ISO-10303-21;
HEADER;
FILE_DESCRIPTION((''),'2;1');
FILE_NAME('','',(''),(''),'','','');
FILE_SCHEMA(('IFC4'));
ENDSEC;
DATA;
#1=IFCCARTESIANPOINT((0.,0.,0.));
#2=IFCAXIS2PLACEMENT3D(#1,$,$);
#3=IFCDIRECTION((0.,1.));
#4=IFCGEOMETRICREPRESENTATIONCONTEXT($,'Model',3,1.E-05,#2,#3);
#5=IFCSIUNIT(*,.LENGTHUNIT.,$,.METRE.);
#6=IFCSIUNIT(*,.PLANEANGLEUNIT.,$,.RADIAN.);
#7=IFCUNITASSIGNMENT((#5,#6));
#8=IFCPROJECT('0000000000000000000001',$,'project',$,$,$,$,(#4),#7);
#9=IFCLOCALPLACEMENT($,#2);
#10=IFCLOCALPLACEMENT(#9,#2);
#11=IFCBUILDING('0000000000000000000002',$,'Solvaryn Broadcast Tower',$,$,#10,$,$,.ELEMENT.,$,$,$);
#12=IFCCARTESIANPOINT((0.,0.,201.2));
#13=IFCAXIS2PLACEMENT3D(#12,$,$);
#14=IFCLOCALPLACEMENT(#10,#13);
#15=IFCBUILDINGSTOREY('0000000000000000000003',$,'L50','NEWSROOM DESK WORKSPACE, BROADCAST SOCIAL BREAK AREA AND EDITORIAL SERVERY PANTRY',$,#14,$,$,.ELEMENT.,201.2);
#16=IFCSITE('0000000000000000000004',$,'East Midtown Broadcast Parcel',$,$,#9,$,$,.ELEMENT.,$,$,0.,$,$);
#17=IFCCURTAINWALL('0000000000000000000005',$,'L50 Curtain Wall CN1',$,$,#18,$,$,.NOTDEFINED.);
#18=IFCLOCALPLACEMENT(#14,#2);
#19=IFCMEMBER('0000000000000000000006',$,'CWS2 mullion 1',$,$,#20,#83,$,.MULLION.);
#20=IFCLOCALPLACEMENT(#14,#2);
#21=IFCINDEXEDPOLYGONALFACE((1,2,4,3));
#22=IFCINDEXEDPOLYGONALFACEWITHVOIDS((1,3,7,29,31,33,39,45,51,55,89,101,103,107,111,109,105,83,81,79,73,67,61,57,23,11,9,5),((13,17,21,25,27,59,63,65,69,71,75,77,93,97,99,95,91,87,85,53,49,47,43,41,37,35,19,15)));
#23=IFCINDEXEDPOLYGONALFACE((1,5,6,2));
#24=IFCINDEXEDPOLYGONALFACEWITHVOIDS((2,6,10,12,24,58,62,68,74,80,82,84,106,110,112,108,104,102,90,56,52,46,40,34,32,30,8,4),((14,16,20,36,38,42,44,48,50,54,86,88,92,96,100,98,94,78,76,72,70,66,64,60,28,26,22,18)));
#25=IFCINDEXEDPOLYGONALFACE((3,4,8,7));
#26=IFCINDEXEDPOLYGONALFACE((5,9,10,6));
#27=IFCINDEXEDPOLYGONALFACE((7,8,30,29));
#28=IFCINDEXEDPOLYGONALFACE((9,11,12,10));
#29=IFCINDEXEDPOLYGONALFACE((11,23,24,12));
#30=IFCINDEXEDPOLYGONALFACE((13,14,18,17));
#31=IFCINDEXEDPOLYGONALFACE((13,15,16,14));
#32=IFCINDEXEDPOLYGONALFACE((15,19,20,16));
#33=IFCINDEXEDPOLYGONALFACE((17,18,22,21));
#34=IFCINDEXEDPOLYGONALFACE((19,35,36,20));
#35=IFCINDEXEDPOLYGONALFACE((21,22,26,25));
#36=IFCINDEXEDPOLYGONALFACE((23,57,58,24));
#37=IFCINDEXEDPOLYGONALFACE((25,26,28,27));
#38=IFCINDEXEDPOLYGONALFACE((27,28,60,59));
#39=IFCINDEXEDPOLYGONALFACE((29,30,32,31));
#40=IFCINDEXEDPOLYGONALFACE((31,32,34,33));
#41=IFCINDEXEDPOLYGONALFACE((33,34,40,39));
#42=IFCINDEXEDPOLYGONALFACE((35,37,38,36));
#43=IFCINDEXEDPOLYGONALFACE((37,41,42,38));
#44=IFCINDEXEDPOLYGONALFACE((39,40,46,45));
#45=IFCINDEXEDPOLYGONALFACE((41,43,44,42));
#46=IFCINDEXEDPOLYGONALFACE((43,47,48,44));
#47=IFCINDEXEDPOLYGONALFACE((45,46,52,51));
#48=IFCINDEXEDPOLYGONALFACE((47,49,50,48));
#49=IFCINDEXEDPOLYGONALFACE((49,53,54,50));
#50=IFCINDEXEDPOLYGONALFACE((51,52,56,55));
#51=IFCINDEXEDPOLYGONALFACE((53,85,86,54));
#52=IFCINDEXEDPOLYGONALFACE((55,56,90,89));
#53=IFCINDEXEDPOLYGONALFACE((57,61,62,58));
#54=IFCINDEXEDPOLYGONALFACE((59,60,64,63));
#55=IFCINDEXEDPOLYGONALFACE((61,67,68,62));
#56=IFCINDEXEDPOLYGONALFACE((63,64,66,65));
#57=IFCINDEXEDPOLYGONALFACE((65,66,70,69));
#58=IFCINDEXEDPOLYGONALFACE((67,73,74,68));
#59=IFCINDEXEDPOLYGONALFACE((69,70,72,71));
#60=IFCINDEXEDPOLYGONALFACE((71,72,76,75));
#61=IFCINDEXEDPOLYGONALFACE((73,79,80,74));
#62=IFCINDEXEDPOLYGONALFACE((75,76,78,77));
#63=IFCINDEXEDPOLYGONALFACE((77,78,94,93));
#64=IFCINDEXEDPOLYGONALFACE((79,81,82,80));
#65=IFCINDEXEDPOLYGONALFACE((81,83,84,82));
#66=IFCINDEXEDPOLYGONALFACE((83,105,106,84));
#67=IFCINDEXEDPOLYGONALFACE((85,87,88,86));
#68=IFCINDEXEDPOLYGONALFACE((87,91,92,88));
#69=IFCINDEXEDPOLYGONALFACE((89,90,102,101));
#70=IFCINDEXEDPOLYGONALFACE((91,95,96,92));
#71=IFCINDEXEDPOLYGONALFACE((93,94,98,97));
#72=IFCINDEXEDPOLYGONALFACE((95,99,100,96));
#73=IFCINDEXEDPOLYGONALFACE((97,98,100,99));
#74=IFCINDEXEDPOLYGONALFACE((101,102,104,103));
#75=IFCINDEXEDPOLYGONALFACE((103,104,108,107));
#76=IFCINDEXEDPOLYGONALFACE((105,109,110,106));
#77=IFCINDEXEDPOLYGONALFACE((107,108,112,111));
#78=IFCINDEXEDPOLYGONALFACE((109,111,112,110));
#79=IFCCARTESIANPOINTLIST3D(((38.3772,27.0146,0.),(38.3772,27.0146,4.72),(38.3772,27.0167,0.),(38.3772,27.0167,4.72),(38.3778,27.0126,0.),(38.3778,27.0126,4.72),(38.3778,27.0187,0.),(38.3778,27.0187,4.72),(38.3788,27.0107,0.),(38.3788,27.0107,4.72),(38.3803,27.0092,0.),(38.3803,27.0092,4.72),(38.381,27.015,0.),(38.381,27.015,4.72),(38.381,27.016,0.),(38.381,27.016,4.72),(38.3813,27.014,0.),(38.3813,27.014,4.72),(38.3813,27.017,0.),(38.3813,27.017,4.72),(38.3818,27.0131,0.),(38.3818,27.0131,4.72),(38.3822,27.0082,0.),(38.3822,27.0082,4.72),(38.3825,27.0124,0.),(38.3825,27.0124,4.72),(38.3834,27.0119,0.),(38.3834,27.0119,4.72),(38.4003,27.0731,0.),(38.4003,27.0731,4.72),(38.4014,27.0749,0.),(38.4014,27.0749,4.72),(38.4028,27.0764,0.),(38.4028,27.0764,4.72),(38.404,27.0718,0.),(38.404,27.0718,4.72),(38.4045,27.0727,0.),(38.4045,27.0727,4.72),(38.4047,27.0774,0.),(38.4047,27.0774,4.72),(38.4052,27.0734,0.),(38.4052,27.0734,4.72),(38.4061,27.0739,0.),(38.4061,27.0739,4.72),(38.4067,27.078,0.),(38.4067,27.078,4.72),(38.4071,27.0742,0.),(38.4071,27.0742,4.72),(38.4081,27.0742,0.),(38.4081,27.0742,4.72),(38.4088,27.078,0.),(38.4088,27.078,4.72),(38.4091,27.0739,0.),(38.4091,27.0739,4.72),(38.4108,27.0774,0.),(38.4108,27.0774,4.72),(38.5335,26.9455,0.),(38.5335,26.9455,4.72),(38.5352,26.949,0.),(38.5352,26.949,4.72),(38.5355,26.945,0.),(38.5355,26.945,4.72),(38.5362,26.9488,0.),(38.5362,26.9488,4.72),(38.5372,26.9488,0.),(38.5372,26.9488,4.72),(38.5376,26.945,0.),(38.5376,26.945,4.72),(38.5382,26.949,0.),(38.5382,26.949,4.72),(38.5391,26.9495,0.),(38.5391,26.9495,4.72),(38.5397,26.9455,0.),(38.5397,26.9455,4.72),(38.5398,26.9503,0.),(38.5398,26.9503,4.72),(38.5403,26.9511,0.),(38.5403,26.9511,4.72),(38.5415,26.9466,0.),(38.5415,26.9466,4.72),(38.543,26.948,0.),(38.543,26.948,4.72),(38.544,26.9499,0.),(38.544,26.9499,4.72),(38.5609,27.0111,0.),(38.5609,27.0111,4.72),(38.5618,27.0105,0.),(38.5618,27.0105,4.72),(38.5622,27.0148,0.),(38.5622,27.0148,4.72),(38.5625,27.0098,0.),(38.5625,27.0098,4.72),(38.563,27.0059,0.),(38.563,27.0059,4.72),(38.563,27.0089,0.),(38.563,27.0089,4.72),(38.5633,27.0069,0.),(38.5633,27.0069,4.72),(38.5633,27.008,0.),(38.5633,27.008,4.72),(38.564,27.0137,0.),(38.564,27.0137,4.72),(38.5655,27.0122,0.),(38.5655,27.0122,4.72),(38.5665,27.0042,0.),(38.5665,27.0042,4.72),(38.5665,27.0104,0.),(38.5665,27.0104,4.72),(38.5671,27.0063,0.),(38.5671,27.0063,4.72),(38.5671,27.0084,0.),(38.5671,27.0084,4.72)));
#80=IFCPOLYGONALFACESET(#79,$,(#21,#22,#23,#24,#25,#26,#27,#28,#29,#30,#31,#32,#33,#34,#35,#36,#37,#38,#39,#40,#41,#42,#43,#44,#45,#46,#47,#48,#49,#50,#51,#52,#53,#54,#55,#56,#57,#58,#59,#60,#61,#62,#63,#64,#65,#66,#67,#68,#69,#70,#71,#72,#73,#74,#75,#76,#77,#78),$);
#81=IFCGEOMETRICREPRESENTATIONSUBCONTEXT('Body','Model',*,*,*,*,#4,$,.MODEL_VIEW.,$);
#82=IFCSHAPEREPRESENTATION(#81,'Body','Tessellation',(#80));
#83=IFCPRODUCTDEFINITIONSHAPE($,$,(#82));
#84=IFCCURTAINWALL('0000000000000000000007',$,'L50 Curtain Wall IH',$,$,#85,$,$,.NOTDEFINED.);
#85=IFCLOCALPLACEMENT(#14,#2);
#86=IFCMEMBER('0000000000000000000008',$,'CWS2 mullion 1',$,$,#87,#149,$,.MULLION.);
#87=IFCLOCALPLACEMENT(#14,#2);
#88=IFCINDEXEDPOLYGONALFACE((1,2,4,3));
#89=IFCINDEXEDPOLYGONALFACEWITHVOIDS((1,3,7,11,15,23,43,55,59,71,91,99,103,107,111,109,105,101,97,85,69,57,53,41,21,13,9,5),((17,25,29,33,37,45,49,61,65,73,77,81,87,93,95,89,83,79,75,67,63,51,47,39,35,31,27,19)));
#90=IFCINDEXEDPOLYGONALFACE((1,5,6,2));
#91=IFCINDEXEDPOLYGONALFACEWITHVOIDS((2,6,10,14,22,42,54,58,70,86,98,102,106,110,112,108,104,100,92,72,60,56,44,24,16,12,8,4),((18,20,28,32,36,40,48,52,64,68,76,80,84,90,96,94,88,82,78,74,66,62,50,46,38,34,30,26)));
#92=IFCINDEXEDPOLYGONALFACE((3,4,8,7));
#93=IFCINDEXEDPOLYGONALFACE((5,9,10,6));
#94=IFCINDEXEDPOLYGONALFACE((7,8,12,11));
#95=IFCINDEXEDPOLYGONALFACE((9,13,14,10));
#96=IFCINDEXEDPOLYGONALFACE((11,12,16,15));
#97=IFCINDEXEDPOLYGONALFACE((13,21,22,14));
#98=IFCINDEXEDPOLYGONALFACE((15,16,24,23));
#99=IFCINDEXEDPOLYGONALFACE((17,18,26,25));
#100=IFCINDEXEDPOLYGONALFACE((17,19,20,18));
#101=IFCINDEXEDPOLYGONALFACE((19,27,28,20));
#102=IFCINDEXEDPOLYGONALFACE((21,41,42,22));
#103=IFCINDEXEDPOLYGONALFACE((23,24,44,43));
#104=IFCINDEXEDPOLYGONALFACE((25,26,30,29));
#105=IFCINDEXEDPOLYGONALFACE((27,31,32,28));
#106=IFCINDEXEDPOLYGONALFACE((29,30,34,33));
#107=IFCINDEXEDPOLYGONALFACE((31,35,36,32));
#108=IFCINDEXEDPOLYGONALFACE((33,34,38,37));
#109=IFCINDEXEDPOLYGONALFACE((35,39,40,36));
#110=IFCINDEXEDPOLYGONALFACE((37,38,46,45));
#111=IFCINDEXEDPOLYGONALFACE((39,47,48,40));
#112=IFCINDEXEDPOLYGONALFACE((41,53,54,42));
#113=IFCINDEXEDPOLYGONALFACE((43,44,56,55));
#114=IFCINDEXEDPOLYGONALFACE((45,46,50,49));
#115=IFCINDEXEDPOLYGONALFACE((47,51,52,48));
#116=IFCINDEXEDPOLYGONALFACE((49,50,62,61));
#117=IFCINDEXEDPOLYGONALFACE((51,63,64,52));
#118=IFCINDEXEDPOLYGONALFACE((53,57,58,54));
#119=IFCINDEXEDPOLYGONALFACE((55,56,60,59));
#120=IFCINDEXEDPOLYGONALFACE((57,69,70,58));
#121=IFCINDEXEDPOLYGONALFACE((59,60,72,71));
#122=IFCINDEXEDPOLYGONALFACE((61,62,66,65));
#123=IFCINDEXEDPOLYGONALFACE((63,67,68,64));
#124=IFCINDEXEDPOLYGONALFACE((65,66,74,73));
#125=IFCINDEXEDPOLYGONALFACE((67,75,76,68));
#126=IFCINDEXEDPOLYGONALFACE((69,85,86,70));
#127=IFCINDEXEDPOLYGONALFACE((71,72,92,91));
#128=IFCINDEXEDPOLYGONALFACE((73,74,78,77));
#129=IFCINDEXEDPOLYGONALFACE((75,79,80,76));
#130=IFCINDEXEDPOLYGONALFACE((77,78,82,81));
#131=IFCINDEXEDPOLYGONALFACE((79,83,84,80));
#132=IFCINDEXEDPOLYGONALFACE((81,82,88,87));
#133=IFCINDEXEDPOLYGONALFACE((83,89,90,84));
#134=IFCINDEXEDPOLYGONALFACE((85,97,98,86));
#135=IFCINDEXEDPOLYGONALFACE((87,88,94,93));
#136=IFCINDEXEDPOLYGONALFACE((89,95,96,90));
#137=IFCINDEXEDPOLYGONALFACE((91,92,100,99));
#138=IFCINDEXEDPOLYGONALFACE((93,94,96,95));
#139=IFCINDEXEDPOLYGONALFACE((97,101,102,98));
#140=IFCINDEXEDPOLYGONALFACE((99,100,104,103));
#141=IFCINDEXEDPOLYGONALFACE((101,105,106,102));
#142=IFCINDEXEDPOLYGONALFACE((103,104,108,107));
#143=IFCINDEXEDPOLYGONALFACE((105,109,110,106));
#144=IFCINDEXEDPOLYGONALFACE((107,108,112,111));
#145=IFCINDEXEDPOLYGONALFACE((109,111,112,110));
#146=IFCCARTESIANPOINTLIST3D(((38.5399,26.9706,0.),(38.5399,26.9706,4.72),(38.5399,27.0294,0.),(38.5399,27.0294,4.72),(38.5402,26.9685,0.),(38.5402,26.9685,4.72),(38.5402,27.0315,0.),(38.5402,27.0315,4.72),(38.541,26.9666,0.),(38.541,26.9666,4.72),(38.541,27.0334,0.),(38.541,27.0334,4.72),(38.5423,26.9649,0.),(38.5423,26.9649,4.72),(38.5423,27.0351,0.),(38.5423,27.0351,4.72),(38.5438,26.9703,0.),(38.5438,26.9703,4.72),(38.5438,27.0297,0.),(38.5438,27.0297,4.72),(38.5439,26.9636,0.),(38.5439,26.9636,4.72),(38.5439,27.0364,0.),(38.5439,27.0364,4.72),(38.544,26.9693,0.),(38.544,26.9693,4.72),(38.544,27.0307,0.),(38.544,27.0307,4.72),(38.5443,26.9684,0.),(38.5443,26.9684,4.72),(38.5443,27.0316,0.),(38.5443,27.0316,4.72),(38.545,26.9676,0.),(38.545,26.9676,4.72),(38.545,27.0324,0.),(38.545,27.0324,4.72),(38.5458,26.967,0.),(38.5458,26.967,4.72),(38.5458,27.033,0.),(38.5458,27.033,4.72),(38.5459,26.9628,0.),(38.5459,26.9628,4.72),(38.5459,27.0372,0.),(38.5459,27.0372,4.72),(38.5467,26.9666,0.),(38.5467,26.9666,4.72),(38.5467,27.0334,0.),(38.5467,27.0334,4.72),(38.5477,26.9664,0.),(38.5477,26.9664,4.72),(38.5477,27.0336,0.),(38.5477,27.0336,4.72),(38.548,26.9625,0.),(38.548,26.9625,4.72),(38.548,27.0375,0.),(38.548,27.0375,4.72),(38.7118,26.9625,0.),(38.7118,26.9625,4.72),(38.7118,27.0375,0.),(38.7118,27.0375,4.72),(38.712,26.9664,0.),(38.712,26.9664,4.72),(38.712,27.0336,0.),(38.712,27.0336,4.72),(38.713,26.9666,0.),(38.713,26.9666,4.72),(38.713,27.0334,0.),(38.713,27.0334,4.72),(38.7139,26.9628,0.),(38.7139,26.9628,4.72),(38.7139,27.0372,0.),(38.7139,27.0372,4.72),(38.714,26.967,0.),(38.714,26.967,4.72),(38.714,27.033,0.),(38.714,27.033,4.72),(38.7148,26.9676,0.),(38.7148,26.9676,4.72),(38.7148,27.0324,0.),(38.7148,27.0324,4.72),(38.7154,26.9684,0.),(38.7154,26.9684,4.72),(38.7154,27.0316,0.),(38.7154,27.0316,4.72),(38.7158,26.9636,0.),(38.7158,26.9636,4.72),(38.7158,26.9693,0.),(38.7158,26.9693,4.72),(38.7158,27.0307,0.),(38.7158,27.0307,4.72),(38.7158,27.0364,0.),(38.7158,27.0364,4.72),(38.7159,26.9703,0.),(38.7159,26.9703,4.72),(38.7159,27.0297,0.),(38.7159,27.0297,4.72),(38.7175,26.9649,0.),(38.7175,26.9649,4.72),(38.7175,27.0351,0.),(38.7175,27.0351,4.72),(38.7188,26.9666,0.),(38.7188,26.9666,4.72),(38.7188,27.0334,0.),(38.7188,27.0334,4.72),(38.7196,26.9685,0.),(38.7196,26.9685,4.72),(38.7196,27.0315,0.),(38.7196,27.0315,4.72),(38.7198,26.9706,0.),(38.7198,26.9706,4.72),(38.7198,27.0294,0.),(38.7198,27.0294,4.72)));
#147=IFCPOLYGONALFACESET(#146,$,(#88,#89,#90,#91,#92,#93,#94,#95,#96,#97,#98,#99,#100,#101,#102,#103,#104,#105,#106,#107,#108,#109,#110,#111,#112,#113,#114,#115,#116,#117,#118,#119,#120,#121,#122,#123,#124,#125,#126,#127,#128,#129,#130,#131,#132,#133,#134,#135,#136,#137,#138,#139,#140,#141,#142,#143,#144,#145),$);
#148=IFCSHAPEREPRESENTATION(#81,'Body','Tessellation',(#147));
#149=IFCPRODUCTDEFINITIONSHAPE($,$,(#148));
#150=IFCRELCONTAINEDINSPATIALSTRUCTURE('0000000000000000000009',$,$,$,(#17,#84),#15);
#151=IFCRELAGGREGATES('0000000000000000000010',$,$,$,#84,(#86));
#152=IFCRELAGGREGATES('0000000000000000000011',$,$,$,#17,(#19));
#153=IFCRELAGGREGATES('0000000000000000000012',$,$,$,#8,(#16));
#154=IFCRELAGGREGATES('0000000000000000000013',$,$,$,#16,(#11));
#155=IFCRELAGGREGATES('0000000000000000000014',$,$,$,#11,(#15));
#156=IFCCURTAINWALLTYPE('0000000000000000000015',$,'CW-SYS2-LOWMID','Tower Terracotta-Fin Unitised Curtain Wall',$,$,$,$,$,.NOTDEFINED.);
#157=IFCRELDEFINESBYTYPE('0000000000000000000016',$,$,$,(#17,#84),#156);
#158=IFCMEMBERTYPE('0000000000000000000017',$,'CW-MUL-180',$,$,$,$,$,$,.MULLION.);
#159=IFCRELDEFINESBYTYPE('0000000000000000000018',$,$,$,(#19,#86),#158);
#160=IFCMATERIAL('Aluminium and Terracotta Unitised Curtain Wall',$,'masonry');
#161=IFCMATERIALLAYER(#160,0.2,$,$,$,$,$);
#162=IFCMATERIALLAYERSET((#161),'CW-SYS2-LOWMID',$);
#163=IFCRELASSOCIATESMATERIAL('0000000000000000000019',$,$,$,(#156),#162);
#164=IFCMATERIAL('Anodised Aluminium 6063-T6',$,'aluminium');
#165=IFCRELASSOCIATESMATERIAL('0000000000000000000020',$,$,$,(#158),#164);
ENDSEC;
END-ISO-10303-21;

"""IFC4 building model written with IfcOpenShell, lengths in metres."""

from ifc_helpers import new_model, si_unit, direction, frame, origin, origin_2d, place, context, subcontext, project, spatial, hollow_rectangle, extrude, material, layer, layer_set, material_profile, profile_set, type_object, element, aggregate, save


model = new_model("IFC4")

# Units and contexts
model_context = context("Model", 3, precision=1e-05, world=origin(), true_north=direction((0.0, 1.0)))
body_context = subcontext(model_context, "Body", "Model", "MODEL_VIEW")
ifc_project = project(units=[si_unit("LENGTHUNIT", "METRE"), si_unit("PLANEANGLEUNIT", "RADIAN")], contexts=[model_context])

# Site, building, storey
site_placement = place(None, origin())
site = spatial("IfcSite", under=ifc_project, at=site_placement, Name="East Midtown Broadcast Parcel", CompositionType="ELEMENT", RefElevation=0.0)
building_placement = place(site_placement, origin())
building = spatial("IfcBuilding", under=site, at=building_placement, Name="Solvaryn Broadcast Tower", CompositionType="ELEMENT")
storey_placement = place(building_placement, frame((0.0, 0.0, 201.2)))
storey = spatial("IfcBuildingStorey", under=building, at=storey_placement, Name="L50", Description="NEWSROOM DESK WORKSPACE, BROADCAST SOCIAL BREAK AREA AND EDITORIAL SERVERY PANTRY", CompositionType="ELEMENT", Elevation=201.2)

# Curtain walls, members
ifc_material_1 = material(Name="Aluminium and Terracotta Unitised Curtain Wall", Category="masonry")
ifc_layer_1 = layer(ifc_material_1, 0.2)
ifc_layer_set_1 = layer_set([ifc_layer_1], Name="CW-SYS2-LOWMID")
curtain_wall_type = type_object("IfcCurtainWallType", Name="CW-SYS2-LOWMID", Description="Tower Terracotta-Fin Unitised Curtain Wall", PredefinedType="NOTDEFINED", material=ifc_layer_set_1)
curtain_wall_1_placement = place(storey_placement, origin())
curtain_wall_1 = element("IfcCurtainWall", 1, at=curtain_wall_1_placement, inside=storey, type_object=curtain_wall_type, Name="L50 Curtain Wall CN1", PredefinedType="NOTDEFINED")
ifc_material_2 = material(Name="Anodised Aluminium 6063-T6", Category="aluminium")
ifc_material_profile_1 = material_profile(ifc_material_2, hollow_rectangle(XDim=0.075, YDim=0.1799, WallThickness=0.0039, InnerFilletRadius=0.0039, OuterFilletRadius=0.0081, at=origin_2d()))
ifc_profile_set_1 = profile_set([ifc_material_profile_1], Name="Anodised Aluminium 6063-T6")
member_type_1 = type_object("IfcMemberType", Name="CW-MUL-180", PredefinedType="MULLION", material=ifc_profile_set_1)
member_1_placement = place(storey_placement, frame((38.4722, 27.0115, 0.0), z_axis=(0.0, 0.0, 1.0), x_axis=(-0.382646, -0.923895, 0.0)))
member_1 = element("IfcMember", 2, at=member_1_placement, type_object=member_type_1, Name="CWS2 mullion 1", PredefinedType="MULLION", context=body_context, shape_type="SweptSolid", body=[
    extrude(hollow_rectangle(XDim=0.075, YDim=0.1799, WallThickness=0.0039, InnerFilletRadius=0.0039, OuterFilletRadius=0.0081, at=origin_2d()), origin(), (0.0, 0.0, 1.0), 4.72),
])
curtain_wall_2_placement = place(storey_placement, origin())
curtain_wall_2 = element("IfcCurtainWall", 3, at=curtain_wall_2_placement, inside=storey, type_object=curtain_wall_type, Name="L50 Curtain Wall IH", PredefinedType="NOTDEFINED")
member_2_placement = place(storey_placement, frame((38.6299, 27.0, 0.0), z_axis=(0.0, 0.0, 1.0), x_axis=(0.0, 1.0, 0.0)))
member_2 = element("IfcMember", 4, at=member_2_placement, type_object=member_type_1, Name="CWS2 mullion 1", PredefinedType="MULLION", context=body_context, shape_type="SweptSolid", body=[
    extrude(hollow_rectangle(XDim=0.075, YDim=0.1799, WallThickness=0.0039, InnerFilletRadius=0.0039, OuterFilletRadius=0.0081, at=origin_2d()), origin(), (0.0, 0.0, 1.0), 4.72),
])

aggregate(curtain_wall_2, [member_2])

aggregate(curtain_wall_1, [member_1])

save(model, "model.ifc")
